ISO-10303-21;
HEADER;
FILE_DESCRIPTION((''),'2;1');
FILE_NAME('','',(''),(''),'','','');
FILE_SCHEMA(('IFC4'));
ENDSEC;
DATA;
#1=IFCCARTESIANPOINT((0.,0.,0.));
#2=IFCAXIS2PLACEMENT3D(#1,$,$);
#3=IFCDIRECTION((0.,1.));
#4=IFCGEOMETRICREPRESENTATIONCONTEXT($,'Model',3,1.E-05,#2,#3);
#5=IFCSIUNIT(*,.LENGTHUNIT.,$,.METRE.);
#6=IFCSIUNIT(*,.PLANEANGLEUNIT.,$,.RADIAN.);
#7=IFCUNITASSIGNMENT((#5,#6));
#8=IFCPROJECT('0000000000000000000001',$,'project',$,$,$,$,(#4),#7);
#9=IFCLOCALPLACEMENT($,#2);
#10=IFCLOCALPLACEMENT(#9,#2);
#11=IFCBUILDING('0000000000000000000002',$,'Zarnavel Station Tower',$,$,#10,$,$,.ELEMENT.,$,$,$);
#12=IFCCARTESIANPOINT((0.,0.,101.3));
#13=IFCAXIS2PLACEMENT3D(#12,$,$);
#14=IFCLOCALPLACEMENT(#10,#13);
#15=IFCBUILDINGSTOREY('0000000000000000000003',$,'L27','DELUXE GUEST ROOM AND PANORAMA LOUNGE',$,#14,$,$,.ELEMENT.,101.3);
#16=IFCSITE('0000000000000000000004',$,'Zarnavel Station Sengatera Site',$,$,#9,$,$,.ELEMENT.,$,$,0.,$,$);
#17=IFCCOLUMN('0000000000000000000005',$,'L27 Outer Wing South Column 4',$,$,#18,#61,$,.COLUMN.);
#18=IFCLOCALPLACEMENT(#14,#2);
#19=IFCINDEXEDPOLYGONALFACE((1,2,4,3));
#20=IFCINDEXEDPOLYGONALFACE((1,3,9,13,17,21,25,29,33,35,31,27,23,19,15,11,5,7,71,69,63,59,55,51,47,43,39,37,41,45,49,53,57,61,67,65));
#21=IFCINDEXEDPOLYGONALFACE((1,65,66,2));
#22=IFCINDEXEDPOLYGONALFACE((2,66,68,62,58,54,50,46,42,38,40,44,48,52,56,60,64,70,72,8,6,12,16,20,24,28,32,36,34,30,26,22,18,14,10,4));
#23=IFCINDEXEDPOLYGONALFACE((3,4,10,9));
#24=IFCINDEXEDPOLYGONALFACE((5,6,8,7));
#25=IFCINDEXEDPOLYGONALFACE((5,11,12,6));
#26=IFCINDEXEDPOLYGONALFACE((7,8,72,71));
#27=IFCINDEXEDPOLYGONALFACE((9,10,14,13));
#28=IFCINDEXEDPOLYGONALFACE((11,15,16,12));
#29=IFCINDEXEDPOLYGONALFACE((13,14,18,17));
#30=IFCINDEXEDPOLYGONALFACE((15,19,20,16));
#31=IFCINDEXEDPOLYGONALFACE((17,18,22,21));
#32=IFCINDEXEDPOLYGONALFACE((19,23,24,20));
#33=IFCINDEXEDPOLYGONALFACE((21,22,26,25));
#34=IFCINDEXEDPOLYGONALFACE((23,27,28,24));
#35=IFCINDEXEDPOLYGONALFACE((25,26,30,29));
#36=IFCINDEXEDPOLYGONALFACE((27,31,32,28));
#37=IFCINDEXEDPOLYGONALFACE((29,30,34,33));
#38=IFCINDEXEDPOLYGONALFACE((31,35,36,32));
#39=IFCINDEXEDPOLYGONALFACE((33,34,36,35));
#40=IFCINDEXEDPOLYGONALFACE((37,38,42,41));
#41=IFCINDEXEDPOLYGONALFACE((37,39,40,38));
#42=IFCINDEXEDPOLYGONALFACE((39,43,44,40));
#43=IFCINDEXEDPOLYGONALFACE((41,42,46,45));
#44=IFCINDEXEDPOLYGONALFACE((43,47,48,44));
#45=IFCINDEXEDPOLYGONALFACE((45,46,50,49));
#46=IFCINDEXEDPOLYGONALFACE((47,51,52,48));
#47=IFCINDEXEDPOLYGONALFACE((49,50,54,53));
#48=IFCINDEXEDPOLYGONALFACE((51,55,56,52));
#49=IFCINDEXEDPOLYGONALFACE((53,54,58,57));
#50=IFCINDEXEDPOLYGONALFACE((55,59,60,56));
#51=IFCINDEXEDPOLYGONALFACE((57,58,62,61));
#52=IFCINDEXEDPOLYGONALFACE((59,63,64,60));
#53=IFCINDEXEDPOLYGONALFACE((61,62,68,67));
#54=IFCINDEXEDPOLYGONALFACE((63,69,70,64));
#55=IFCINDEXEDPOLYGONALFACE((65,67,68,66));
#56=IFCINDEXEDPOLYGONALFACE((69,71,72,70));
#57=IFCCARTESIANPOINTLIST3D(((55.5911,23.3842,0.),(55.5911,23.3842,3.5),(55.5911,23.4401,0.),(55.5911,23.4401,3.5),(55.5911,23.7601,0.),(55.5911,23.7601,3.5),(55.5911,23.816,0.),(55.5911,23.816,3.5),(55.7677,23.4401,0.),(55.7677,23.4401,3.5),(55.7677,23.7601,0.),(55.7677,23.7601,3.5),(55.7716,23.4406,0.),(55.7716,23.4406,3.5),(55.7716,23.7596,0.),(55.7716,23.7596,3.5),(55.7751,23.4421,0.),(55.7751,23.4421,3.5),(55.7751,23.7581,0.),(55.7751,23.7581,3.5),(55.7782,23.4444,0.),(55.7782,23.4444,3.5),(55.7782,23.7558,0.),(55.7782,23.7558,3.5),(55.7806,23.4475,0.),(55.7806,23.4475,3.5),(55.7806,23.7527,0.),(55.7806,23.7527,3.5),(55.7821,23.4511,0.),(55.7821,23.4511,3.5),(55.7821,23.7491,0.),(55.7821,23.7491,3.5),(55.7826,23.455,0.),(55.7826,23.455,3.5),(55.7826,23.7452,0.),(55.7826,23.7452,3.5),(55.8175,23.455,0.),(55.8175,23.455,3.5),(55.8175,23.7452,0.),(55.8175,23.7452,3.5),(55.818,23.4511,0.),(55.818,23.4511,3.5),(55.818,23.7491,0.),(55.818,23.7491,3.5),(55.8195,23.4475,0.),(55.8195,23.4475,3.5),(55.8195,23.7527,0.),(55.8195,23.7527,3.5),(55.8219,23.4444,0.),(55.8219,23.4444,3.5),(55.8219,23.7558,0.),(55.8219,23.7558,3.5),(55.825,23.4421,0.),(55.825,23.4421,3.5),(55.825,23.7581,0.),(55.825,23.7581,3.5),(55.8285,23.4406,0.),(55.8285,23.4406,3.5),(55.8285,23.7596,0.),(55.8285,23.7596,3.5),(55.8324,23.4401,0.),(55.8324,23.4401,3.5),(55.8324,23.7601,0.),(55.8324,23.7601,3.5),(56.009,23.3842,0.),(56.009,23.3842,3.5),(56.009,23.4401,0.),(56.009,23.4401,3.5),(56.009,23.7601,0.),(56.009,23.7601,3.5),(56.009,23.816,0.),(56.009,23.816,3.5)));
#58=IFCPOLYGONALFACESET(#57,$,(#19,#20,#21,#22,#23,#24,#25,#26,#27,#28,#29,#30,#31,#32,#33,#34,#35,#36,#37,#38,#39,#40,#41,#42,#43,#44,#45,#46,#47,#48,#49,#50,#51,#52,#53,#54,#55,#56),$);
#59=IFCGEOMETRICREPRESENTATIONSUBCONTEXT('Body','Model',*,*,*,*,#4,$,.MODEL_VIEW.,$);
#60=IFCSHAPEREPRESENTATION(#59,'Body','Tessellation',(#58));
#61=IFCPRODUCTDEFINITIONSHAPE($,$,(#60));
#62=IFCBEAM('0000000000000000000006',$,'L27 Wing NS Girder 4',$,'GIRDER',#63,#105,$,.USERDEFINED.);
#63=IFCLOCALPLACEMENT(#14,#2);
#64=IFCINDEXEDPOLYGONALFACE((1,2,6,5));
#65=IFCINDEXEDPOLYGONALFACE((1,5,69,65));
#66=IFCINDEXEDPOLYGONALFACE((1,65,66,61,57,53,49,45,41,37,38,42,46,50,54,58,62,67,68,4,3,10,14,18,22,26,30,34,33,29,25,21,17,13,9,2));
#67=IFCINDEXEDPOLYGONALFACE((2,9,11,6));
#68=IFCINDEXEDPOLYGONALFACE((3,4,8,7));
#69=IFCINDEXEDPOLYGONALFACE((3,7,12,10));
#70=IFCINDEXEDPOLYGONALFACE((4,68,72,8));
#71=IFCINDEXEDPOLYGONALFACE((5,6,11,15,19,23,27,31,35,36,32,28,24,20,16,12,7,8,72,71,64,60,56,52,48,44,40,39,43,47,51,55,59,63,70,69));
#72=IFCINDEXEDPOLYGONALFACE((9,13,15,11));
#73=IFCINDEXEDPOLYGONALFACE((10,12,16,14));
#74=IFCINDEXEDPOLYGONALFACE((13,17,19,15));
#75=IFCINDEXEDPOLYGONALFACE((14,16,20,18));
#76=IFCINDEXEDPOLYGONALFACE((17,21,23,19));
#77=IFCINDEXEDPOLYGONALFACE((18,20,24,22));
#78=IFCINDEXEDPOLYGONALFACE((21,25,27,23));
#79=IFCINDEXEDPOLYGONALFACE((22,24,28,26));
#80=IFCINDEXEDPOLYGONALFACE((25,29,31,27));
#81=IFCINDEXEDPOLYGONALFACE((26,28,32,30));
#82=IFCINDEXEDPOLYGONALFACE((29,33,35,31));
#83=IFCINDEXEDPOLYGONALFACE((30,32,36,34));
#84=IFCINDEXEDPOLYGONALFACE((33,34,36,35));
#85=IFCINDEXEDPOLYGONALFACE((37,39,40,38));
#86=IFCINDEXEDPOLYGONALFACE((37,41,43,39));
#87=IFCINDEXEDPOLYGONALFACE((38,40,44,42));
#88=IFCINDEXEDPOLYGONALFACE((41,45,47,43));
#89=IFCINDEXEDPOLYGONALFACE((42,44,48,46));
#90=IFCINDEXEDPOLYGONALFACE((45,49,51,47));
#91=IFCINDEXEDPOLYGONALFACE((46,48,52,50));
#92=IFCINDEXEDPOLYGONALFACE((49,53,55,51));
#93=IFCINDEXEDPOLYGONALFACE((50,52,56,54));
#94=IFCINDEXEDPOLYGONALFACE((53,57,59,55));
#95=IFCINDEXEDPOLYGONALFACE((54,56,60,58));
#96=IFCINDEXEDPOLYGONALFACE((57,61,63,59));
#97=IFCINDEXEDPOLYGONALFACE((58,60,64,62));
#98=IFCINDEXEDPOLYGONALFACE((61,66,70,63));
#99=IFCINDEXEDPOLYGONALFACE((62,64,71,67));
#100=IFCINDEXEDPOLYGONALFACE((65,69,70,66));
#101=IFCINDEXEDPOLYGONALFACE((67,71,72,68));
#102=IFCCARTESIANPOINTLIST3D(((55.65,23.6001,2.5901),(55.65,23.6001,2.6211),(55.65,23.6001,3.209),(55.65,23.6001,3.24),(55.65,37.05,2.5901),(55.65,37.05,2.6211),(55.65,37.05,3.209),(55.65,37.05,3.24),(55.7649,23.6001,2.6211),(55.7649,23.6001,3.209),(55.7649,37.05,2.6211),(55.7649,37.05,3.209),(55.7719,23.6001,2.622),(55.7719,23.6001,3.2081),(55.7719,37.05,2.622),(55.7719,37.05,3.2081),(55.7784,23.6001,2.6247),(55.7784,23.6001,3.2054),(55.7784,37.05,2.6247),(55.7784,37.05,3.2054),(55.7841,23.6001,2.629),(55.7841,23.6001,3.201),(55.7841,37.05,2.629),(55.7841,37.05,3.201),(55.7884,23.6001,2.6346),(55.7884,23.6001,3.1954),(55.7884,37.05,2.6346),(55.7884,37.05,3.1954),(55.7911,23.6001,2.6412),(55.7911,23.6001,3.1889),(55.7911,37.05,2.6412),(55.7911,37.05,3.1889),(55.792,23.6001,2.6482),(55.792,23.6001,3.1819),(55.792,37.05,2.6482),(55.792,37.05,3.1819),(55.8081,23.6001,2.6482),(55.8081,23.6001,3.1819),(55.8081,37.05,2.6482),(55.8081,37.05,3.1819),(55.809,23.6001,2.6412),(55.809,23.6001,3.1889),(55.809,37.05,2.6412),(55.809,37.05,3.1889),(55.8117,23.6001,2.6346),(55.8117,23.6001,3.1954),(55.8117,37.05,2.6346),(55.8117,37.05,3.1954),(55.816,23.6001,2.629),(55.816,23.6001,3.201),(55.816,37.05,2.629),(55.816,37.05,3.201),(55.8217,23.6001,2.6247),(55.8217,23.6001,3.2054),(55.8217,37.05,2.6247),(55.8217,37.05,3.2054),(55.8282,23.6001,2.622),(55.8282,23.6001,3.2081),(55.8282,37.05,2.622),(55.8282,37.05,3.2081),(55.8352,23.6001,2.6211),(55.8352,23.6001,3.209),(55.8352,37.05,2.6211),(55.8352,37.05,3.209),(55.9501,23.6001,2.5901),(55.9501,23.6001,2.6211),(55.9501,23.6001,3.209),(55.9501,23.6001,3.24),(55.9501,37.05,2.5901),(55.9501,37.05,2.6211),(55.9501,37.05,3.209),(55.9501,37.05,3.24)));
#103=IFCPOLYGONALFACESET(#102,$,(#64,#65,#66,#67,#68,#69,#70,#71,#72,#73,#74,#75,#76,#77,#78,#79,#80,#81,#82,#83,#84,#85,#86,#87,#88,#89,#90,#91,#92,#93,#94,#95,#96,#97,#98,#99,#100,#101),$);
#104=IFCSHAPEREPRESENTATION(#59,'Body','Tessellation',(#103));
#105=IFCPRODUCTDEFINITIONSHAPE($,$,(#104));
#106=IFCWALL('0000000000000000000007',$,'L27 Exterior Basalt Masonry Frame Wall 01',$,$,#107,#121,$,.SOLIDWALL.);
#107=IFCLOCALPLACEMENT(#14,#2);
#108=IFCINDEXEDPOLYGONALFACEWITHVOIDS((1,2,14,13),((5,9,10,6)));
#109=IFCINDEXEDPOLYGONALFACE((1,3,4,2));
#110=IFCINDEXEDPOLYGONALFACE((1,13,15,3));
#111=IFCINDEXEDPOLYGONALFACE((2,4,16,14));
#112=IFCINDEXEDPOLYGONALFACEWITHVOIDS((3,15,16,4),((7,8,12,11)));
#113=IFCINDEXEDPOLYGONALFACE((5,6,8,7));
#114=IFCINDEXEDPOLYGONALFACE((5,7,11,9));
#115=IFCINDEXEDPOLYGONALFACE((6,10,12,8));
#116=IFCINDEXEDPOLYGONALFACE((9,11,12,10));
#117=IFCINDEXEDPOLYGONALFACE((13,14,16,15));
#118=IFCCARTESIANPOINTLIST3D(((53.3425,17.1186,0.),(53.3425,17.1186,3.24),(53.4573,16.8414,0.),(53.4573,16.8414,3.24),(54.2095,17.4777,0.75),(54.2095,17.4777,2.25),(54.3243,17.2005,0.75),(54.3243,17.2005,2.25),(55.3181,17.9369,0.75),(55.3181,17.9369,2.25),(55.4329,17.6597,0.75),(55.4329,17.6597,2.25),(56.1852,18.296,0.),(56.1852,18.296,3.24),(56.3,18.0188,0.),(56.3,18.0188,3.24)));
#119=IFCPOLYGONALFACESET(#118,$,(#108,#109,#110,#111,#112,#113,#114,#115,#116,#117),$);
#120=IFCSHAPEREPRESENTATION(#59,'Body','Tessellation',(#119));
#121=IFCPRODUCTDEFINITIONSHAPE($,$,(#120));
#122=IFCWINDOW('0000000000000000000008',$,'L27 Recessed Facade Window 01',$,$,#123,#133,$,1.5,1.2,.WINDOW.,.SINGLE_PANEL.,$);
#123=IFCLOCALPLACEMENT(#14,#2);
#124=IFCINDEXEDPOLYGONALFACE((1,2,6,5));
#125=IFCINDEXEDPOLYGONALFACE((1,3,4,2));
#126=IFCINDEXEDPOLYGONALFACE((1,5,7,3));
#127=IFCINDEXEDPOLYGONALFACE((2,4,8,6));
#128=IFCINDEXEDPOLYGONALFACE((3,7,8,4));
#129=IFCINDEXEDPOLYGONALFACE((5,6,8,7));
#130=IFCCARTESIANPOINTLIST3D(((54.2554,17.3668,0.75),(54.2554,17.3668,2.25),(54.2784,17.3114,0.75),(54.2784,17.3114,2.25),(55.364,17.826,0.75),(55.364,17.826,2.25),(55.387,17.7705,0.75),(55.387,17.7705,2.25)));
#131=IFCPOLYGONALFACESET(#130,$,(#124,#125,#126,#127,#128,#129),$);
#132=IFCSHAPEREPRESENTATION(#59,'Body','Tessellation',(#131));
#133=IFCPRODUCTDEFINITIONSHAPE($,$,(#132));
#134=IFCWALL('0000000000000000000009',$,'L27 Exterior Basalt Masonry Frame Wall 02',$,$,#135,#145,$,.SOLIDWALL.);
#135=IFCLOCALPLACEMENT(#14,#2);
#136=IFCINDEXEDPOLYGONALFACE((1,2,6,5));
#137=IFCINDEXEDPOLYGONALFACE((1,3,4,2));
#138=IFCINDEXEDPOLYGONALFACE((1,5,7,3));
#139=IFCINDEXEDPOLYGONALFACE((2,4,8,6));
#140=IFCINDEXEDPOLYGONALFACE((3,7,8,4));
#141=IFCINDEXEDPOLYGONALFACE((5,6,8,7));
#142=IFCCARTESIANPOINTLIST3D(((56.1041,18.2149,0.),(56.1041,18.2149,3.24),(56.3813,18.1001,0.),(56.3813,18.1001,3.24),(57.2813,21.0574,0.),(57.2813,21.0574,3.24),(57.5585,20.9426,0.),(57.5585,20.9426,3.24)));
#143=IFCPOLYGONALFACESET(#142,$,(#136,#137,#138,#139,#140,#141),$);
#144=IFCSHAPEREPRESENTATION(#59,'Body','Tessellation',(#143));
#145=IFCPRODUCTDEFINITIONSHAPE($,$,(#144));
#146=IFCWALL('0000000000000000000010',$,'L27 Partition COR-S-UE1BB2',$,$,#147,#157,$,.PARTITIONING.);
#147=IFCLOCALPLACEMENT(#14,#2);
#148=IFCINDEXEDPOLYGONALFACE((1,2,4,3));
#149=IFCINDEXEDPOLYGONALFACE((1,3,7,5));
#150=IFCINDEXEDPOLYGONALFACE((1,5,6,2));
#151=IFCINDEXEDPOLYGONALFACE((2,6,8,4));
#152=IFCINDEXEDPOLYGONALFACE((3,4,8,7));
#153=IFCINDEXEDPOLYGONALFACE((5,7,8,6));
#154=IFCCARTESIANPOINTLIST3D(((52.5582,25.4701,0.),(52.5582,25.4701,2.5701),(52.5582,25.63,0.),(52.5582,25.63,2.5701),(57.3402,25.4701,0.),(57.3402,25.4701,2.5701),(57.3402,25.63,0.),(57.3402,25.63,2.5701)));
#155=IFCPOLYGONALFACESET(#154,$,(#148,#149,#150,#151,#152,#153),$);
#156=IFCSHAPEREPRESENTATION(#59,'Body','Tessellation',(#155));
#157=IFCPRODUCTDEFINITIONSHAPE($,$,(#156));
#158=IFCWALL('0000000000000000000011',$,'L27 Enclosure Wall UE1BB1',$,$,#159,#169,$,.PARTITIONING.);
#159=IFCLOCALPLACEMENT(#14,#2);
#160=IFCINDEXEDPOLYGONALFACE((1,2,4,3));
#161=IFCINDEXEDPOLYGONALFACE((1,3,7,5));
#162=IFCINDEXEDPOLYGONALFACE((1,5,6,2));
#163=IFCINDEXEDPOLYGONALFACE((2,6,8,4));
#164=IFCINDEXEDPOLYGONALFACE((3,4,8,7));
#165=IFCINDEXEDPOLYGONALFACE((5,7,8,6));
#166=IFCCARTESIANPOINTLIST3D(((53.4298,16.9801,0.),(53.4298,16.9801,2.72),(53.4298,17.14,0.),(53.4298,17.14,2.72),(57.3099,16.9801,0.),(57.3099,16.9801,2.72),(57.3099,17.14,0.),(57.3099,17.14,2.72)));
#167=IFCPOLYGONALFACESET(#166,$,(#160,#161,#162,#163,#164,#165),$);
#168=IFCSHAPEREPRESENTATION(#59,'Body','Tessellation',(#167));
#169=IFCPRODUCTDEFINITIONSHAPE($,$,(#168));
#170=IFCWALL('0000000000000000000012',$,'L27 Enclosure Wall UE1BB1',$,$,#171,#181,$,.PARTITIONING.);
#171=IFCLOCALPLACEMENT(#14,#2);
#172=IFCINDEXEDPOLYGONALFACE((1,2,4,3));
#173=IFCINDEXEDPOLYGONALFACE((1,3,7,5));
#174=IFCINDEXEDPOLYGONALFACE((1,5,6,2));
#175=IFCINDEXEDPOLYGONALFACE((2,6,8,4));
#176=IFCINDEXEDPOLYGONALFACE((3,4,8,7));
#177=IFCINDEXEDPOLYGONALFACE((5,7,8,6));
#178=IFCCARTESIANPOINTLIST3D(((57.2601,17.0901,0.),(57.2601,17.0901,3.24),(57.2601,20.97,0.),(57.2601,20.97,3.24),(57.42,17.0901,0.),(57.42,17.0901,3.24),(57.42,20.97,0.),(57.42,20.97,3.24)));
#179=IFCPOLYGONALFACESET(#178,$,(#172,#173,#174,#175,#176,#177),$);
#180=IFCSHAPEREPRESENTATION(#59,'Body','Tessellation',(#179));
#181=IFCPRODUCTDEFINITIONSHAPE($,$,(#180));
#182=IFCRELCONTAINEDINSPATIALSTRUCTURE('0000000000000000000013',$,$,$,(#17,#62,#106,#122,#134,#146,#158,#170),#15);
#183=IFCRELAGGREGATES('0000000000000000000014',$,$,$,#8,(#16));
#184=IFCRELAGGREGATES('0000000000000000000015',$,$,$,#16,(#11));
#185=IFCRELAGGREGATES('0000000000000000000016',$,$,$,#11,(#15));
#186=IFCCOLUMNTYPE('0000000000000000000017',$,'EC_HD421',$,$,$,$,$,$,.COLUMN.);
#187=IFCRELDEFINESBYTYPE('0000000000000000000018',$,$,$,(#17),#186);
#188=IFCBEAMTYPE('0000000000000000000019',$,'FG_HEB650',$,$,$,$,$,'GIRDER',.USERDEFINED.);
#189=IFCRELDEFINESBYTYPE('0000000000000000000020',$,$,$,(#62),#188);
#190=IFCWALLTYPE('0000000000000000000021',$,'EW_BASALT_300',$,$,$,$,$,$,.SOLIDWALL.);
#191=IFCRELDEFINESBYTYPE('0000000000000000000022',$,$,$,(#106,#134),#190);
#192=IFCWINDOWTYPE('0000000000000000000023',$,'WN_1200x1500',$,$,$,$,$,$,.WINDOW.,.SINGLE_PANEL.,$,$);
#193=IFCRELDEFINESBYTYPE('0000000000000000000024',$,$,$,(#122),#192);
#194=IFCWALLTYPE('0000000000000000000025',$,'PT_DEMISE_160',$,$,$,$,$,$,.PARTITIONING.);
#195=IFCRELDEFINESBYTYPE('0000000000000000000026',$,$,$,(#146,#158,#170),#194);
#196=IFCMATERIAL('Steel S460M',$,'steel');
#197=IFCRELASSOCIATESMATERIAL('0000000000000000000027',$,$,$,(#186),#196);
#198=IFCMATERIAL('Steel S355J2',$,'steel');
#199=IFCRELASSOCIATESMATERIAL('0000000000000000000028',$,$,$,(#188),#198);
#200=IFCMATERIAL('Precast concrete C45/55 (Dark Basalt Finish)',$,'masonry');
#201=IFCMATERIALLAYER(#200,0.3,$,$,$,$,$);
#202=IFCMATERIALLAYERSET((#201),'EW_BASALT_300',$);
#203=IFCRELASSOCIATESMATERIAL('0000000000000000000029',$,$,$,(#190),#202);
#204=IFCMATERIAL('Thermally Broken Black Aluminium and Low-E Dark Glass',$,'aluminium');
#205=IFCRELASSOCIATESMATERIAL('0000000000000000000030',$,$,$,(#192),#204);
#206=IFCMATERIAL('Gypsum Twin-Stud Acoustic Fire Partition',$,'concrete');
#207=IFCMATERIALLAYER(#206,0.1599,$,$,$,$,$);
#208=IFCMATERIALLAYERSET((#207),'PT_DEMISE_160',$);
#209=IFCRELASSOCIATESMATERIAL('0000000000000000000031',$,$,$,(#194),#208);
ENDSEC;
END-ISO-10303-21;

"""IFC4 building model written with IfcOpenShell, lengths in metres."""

from ifc_helpers import new_model, si_unit, direction, frame, frame_2d, origin, origin_2d, place, context, subcontext, project, spatial, rectangle, i_section, extrude, material, layer, layer_set, material_profile, profile_set, type_object, element, fill, save


model = new_model("IFC4")

# Units and contexts
model_context = context("Model", 3, precision=1e-05, world=origin(), true_north=direction((0.0, 1.0)))
body_context = subcontext(model_context, "Body", "Model", "MODEL_VIEW")
ifc_project = project(units=[si_unit("LENGTHUNIT", "METRE"), si_unit("PLANEANGLEUNIT", "RADIAN")], contexts=[model_context])

# Site, building, storey
site_placement = place(None, origin())
site = spatial("IfcSite", under=ifc_project, at=site_placement, Name="Zarnavel Station Sengatera Site", CompositionType="ELEMENT", RefElevation=0.0)
building_placement = place(site_placement, origin())
building = spatial("IfcBuilding", under=site, at=building_placement, Name="Zarnavel Station Tower", CompositionType="ELEMENT")
storey_placement = place(building_placement, frame((0.0, 0.0, 101.3)))
storey = spatial("IfcBuildingStorey", under=building, at=storey_placement, Name="L27", Description="DELUXE GUEST ROOM AND PANORAMA LOUNGE", CompositionType="ELEMENT", Elevation=101.3)

# Column
ifc_material_1 = material(Name="Steel S460M", Category="steel")
ifc_material_profile_1 = material_profile(ifc_material_1, i_section(OverallWidth=0.418, OverallDepth=0.4319, WebThickness=0.0349, FlangeThickness=0.0559, FilletRadius=0.0149, at=origin_2d()), Name="HD400x421")
ifc_profile_set_1 = profile_set([ifc_material_profile_1], Name="Steel S460M")
column_type = type_object("IfcColumnType", Name="EC_HD421", PredefinedType="COLUMN", material=ifc_profile_set_1)
column_placement = place(storey_placement, frame((55.8, 23.6001, 0.0), z_axis=(0.0, 0.0, 1.0), x_axis=(1.0, 0.0, 0.0)))
element("IfcColumn", 1, at=column_placement, inside=storey, type_object=column_type, Name="L27 Outer Wing South Column 4", PredefinedType="COLUMN", context=body_context, shape_type="SweptSolid", body=[
    extrude(i_section(OverallWidth=0.418, OverallDepth=0.4319, WebThickness=0.0349, FlangeThickness=0.0559, FilletRadius=0.0149, at=origin_2d()), origin(), (0.0, 0.0, 1.0), 3.5),
])

# Beam
ifc_material_2 = material(Name="Steel S355J2", Category="steel")
ifc_material_profile_2 = material_profile(ifc_material_2, i_section(OverallWidth=0.3, OverallDepth=0.6499, WebThickness=0.0161, FlangeThickness=0.031, FilletRadius=0.0271, at=origin_2d()), Name="HEB650")
ifc_profile_set_2 = profile_set([ifc_material_profile_2], Name="Steel S355J2")
beam_type = type_object("IfcBeamType", Name="FG_HEB650", ElementType="GIRDER", PredefinedType="USERDEFINED", material=ifc_profile_set_2)
beam_placement = place(storey_placement, frame((55.8, 23.6001, 2.915), z_axis=(0.0, 1.0, 0.0), x_axis=(-1.0, 0.0, 0.0)))
element("IfcBeam", 2, at=beam_placement, inside=storey, type_object=beam_type, Name="L27 Wing NS Girder 4", ObjectType="GIRDER", PredefinedType="USERDEFINED", context=body_context, shape_type="SweptSolid", body=[
    extrude(i_section(OverallWidth=0.3, OverallDepth=0.6499, WebThickness=0.0161, FlangeThickness=0.031, FilletRadius=0.0271, at=origin_2d()), origin(), (0.0, 0.0, 1.0), 13.45),
])

# Wall, opening, window
ifc_material_3 = material(Name="Precast concrete C45/55 (Dark Basalt Finish)", Category="masonry")
ifc_layer_1 = layer(ifc_material_3, 0.3)
ifc_layer_set_1 = layer_set([ifc_layer_1], Name="EW_BASALT_300")
wall_type_1 = type_object("IfcWallType", Name="EW_BASALT_300", PredefinedType="SOLIDWALL", material=ifc_layer_set_1)
wall_1_placement = place(storey_placement, frame((56.2427, 18.1575, 0.0), z_axis=(0.0, 0.0, 1.0), x_axis=(-0.923882, -0.382676, 0.0)))
wall_1 = element("IfcWall", 3, at=wall_1_placement, inside=storey, type_object=wall_type_1, Name="L27 Exterior Basalt Masonry Frame Wall 01", PredefinedType="SOLIDWALL", context=body_context, shape_type="SweptSolid", body=[
    extrude(rectangle(XDim=3.0769, YDim=0.3, at=frame_2d((1.5386, 0.0))), origin(), (0.0, 0.0, 1.0), 3.24),
])
opening_1_placement = place(wall_1_placement, frame((0.9385, 0.0, 0.75)))
opening_1 = element("IfcOpeningElement", 4, at=opening_1_placement, cuts=wall_1, PredefinedType="OPENING", context=body_context, shape_type="SweptSolid", body=[
    extrude(rectangle(XDim=1.2, YDim=1.5, at=frame_2d((0.6001, 0.75))), frame((0.0, 0.1599, 0.0), z_axis=(0.0, -1.0, 0.0), x_axis=(1.0, 0.0, 0.0)), (0.0, 0.0, 1.0), 0.3201),
])
ifc_material_4 = material(Name="Thermally Broken Black Aluminium and Low-E Dark Glass", Category="aluminium")
window_type_1 = type_object("IfcWindowType", Name="WN_1200x1500", PartitioningType="SINGLE_PANEL", PredefinedType="WINDOW", material=ifc_material_4)
window_1_placement = place(opening_1_placement, origin())
window_1 = element("IfcWindow", 5, at=window_1_placement, inside=storey, type_object=window_type_1, Name="L27 Recessed Facade Window 01", OverallHeight=1.5, OverallWidth=1.2, PartitioningType="SINGLE_PANEL", PredefinedType="WINDOW", context=body_context, shape_type="SweptSolid", body=[
    extrude(rectangle(XDim=1.2, YDim=1.5, at=frame_2d((0.6001, 0.75))), frame((0.0, 0.03, 0.0), z_axis=(0.0, -1.0, 0.0), x_axis=(1.0, 0.0, 0.0)), (0.0, 0.0, 1.0), 0.0601),
])
fill(opening_1, window_1)

# Wall
wall_2_placement = place(storey_placement, frame((57.4199, 21.0, 0.0), z_axis=(0.0, 0.0, 1.0), x_axis=(-0.382637, -0.923899, 0.0)))
element("IfcWall", 6, at=wall_2_placement, inside=storey, type_object=wall_type_1, Name="L27 Exterior Basalt Masonry Frame Wall 02", PredefinedType="SOLIDWALL", context=body_context, shape_type="SweptSolid", body=[
    extrude(rectangle(XDim=3.0767, YDim=0.3, at=frame_2d((1.5383, 0.0))), origin(), (0.0, 0.0, 1.0), 3.24),
])

# Walls
ifc_material_5 = material(Name="Gypsum Twin-Stud Acoustic Fire Partition", Category="concrete")
ifc_layer_2 = layer(ifc_material_5, 0.1599)
ifc_layer_set_2 = layer_set([ifc_layer_2], Name="PT_DEMISE_160")
wall_type_2 = type_object("IfcWallType", Name="PT_DEMISE_160", PredefinedType="PARTITIONING", material=ifc_layer_set_2)
wall_3_placement = place(storey_placement, frame((52.5581, 25.55, 0.0), z_axis=(0.0, 0.0, 1.0), x_axis=(1.0, 0.0, 0.0)))
element("IfcWall", 7, at=wall_3_placement, inside=storey, type_object=wall_type_2, Name="L27 Partition COR-S-UE1BB2", PredefinedType="PARTITIONING", context=body_context, shape_type="SweptSolid", body=[
    extrude(rectangle(XDim=4.782, YDim=0.1599, at=frame_2d((2.3911, 0.0))), origin(), (0.0, 0.0, 1.0), 2.5701),
])
wall_4_placement = place(storey_placement, frame((53.4299, 17.0601, 0.0), z_axis=(0.0, 0.0, 1.0), x_axis=(1.0, 0.0, 0.0)))
element("IfcWall", 8, at=wall_4_placement, inside=storey, type_object=wall_type_2, Name="L27 Enclosure Wall UE1BB1", PredefinedType="PARTITIONING", context=body_context, shape_type="SweptSolid", body=[
    extrude(rectangle(XDim=3.8801, YDim=0.1599, at=frame_2d((1.9399, 0.0))), origin(), (0.0, 0.0, 1.0), 2.72),
])
wall_5_placement = place(storey_placement, frame((57.3401, 17.0901, 0.0), z_axis=(0.0, 0.0, 1.0), x_axis=(0.0, 1.0, 0.0)))
element("IfcWall", 9, at=wall_5_placement, inside=storey, type_object=wall_type_2, Name="L27 Enclosure Wall UE1BB1", PredefinedType="PARTITIONING", context=body_context, shape_type="SweptSolid", body=[
    extrude(rectangle(XDim=3.8799, YDim=0.1599, at=frame_2d((1.9399, 0.0))), origin(), (0.0, 0.0, 1.0), 3.24),
])

save(model, "model.ifc")
